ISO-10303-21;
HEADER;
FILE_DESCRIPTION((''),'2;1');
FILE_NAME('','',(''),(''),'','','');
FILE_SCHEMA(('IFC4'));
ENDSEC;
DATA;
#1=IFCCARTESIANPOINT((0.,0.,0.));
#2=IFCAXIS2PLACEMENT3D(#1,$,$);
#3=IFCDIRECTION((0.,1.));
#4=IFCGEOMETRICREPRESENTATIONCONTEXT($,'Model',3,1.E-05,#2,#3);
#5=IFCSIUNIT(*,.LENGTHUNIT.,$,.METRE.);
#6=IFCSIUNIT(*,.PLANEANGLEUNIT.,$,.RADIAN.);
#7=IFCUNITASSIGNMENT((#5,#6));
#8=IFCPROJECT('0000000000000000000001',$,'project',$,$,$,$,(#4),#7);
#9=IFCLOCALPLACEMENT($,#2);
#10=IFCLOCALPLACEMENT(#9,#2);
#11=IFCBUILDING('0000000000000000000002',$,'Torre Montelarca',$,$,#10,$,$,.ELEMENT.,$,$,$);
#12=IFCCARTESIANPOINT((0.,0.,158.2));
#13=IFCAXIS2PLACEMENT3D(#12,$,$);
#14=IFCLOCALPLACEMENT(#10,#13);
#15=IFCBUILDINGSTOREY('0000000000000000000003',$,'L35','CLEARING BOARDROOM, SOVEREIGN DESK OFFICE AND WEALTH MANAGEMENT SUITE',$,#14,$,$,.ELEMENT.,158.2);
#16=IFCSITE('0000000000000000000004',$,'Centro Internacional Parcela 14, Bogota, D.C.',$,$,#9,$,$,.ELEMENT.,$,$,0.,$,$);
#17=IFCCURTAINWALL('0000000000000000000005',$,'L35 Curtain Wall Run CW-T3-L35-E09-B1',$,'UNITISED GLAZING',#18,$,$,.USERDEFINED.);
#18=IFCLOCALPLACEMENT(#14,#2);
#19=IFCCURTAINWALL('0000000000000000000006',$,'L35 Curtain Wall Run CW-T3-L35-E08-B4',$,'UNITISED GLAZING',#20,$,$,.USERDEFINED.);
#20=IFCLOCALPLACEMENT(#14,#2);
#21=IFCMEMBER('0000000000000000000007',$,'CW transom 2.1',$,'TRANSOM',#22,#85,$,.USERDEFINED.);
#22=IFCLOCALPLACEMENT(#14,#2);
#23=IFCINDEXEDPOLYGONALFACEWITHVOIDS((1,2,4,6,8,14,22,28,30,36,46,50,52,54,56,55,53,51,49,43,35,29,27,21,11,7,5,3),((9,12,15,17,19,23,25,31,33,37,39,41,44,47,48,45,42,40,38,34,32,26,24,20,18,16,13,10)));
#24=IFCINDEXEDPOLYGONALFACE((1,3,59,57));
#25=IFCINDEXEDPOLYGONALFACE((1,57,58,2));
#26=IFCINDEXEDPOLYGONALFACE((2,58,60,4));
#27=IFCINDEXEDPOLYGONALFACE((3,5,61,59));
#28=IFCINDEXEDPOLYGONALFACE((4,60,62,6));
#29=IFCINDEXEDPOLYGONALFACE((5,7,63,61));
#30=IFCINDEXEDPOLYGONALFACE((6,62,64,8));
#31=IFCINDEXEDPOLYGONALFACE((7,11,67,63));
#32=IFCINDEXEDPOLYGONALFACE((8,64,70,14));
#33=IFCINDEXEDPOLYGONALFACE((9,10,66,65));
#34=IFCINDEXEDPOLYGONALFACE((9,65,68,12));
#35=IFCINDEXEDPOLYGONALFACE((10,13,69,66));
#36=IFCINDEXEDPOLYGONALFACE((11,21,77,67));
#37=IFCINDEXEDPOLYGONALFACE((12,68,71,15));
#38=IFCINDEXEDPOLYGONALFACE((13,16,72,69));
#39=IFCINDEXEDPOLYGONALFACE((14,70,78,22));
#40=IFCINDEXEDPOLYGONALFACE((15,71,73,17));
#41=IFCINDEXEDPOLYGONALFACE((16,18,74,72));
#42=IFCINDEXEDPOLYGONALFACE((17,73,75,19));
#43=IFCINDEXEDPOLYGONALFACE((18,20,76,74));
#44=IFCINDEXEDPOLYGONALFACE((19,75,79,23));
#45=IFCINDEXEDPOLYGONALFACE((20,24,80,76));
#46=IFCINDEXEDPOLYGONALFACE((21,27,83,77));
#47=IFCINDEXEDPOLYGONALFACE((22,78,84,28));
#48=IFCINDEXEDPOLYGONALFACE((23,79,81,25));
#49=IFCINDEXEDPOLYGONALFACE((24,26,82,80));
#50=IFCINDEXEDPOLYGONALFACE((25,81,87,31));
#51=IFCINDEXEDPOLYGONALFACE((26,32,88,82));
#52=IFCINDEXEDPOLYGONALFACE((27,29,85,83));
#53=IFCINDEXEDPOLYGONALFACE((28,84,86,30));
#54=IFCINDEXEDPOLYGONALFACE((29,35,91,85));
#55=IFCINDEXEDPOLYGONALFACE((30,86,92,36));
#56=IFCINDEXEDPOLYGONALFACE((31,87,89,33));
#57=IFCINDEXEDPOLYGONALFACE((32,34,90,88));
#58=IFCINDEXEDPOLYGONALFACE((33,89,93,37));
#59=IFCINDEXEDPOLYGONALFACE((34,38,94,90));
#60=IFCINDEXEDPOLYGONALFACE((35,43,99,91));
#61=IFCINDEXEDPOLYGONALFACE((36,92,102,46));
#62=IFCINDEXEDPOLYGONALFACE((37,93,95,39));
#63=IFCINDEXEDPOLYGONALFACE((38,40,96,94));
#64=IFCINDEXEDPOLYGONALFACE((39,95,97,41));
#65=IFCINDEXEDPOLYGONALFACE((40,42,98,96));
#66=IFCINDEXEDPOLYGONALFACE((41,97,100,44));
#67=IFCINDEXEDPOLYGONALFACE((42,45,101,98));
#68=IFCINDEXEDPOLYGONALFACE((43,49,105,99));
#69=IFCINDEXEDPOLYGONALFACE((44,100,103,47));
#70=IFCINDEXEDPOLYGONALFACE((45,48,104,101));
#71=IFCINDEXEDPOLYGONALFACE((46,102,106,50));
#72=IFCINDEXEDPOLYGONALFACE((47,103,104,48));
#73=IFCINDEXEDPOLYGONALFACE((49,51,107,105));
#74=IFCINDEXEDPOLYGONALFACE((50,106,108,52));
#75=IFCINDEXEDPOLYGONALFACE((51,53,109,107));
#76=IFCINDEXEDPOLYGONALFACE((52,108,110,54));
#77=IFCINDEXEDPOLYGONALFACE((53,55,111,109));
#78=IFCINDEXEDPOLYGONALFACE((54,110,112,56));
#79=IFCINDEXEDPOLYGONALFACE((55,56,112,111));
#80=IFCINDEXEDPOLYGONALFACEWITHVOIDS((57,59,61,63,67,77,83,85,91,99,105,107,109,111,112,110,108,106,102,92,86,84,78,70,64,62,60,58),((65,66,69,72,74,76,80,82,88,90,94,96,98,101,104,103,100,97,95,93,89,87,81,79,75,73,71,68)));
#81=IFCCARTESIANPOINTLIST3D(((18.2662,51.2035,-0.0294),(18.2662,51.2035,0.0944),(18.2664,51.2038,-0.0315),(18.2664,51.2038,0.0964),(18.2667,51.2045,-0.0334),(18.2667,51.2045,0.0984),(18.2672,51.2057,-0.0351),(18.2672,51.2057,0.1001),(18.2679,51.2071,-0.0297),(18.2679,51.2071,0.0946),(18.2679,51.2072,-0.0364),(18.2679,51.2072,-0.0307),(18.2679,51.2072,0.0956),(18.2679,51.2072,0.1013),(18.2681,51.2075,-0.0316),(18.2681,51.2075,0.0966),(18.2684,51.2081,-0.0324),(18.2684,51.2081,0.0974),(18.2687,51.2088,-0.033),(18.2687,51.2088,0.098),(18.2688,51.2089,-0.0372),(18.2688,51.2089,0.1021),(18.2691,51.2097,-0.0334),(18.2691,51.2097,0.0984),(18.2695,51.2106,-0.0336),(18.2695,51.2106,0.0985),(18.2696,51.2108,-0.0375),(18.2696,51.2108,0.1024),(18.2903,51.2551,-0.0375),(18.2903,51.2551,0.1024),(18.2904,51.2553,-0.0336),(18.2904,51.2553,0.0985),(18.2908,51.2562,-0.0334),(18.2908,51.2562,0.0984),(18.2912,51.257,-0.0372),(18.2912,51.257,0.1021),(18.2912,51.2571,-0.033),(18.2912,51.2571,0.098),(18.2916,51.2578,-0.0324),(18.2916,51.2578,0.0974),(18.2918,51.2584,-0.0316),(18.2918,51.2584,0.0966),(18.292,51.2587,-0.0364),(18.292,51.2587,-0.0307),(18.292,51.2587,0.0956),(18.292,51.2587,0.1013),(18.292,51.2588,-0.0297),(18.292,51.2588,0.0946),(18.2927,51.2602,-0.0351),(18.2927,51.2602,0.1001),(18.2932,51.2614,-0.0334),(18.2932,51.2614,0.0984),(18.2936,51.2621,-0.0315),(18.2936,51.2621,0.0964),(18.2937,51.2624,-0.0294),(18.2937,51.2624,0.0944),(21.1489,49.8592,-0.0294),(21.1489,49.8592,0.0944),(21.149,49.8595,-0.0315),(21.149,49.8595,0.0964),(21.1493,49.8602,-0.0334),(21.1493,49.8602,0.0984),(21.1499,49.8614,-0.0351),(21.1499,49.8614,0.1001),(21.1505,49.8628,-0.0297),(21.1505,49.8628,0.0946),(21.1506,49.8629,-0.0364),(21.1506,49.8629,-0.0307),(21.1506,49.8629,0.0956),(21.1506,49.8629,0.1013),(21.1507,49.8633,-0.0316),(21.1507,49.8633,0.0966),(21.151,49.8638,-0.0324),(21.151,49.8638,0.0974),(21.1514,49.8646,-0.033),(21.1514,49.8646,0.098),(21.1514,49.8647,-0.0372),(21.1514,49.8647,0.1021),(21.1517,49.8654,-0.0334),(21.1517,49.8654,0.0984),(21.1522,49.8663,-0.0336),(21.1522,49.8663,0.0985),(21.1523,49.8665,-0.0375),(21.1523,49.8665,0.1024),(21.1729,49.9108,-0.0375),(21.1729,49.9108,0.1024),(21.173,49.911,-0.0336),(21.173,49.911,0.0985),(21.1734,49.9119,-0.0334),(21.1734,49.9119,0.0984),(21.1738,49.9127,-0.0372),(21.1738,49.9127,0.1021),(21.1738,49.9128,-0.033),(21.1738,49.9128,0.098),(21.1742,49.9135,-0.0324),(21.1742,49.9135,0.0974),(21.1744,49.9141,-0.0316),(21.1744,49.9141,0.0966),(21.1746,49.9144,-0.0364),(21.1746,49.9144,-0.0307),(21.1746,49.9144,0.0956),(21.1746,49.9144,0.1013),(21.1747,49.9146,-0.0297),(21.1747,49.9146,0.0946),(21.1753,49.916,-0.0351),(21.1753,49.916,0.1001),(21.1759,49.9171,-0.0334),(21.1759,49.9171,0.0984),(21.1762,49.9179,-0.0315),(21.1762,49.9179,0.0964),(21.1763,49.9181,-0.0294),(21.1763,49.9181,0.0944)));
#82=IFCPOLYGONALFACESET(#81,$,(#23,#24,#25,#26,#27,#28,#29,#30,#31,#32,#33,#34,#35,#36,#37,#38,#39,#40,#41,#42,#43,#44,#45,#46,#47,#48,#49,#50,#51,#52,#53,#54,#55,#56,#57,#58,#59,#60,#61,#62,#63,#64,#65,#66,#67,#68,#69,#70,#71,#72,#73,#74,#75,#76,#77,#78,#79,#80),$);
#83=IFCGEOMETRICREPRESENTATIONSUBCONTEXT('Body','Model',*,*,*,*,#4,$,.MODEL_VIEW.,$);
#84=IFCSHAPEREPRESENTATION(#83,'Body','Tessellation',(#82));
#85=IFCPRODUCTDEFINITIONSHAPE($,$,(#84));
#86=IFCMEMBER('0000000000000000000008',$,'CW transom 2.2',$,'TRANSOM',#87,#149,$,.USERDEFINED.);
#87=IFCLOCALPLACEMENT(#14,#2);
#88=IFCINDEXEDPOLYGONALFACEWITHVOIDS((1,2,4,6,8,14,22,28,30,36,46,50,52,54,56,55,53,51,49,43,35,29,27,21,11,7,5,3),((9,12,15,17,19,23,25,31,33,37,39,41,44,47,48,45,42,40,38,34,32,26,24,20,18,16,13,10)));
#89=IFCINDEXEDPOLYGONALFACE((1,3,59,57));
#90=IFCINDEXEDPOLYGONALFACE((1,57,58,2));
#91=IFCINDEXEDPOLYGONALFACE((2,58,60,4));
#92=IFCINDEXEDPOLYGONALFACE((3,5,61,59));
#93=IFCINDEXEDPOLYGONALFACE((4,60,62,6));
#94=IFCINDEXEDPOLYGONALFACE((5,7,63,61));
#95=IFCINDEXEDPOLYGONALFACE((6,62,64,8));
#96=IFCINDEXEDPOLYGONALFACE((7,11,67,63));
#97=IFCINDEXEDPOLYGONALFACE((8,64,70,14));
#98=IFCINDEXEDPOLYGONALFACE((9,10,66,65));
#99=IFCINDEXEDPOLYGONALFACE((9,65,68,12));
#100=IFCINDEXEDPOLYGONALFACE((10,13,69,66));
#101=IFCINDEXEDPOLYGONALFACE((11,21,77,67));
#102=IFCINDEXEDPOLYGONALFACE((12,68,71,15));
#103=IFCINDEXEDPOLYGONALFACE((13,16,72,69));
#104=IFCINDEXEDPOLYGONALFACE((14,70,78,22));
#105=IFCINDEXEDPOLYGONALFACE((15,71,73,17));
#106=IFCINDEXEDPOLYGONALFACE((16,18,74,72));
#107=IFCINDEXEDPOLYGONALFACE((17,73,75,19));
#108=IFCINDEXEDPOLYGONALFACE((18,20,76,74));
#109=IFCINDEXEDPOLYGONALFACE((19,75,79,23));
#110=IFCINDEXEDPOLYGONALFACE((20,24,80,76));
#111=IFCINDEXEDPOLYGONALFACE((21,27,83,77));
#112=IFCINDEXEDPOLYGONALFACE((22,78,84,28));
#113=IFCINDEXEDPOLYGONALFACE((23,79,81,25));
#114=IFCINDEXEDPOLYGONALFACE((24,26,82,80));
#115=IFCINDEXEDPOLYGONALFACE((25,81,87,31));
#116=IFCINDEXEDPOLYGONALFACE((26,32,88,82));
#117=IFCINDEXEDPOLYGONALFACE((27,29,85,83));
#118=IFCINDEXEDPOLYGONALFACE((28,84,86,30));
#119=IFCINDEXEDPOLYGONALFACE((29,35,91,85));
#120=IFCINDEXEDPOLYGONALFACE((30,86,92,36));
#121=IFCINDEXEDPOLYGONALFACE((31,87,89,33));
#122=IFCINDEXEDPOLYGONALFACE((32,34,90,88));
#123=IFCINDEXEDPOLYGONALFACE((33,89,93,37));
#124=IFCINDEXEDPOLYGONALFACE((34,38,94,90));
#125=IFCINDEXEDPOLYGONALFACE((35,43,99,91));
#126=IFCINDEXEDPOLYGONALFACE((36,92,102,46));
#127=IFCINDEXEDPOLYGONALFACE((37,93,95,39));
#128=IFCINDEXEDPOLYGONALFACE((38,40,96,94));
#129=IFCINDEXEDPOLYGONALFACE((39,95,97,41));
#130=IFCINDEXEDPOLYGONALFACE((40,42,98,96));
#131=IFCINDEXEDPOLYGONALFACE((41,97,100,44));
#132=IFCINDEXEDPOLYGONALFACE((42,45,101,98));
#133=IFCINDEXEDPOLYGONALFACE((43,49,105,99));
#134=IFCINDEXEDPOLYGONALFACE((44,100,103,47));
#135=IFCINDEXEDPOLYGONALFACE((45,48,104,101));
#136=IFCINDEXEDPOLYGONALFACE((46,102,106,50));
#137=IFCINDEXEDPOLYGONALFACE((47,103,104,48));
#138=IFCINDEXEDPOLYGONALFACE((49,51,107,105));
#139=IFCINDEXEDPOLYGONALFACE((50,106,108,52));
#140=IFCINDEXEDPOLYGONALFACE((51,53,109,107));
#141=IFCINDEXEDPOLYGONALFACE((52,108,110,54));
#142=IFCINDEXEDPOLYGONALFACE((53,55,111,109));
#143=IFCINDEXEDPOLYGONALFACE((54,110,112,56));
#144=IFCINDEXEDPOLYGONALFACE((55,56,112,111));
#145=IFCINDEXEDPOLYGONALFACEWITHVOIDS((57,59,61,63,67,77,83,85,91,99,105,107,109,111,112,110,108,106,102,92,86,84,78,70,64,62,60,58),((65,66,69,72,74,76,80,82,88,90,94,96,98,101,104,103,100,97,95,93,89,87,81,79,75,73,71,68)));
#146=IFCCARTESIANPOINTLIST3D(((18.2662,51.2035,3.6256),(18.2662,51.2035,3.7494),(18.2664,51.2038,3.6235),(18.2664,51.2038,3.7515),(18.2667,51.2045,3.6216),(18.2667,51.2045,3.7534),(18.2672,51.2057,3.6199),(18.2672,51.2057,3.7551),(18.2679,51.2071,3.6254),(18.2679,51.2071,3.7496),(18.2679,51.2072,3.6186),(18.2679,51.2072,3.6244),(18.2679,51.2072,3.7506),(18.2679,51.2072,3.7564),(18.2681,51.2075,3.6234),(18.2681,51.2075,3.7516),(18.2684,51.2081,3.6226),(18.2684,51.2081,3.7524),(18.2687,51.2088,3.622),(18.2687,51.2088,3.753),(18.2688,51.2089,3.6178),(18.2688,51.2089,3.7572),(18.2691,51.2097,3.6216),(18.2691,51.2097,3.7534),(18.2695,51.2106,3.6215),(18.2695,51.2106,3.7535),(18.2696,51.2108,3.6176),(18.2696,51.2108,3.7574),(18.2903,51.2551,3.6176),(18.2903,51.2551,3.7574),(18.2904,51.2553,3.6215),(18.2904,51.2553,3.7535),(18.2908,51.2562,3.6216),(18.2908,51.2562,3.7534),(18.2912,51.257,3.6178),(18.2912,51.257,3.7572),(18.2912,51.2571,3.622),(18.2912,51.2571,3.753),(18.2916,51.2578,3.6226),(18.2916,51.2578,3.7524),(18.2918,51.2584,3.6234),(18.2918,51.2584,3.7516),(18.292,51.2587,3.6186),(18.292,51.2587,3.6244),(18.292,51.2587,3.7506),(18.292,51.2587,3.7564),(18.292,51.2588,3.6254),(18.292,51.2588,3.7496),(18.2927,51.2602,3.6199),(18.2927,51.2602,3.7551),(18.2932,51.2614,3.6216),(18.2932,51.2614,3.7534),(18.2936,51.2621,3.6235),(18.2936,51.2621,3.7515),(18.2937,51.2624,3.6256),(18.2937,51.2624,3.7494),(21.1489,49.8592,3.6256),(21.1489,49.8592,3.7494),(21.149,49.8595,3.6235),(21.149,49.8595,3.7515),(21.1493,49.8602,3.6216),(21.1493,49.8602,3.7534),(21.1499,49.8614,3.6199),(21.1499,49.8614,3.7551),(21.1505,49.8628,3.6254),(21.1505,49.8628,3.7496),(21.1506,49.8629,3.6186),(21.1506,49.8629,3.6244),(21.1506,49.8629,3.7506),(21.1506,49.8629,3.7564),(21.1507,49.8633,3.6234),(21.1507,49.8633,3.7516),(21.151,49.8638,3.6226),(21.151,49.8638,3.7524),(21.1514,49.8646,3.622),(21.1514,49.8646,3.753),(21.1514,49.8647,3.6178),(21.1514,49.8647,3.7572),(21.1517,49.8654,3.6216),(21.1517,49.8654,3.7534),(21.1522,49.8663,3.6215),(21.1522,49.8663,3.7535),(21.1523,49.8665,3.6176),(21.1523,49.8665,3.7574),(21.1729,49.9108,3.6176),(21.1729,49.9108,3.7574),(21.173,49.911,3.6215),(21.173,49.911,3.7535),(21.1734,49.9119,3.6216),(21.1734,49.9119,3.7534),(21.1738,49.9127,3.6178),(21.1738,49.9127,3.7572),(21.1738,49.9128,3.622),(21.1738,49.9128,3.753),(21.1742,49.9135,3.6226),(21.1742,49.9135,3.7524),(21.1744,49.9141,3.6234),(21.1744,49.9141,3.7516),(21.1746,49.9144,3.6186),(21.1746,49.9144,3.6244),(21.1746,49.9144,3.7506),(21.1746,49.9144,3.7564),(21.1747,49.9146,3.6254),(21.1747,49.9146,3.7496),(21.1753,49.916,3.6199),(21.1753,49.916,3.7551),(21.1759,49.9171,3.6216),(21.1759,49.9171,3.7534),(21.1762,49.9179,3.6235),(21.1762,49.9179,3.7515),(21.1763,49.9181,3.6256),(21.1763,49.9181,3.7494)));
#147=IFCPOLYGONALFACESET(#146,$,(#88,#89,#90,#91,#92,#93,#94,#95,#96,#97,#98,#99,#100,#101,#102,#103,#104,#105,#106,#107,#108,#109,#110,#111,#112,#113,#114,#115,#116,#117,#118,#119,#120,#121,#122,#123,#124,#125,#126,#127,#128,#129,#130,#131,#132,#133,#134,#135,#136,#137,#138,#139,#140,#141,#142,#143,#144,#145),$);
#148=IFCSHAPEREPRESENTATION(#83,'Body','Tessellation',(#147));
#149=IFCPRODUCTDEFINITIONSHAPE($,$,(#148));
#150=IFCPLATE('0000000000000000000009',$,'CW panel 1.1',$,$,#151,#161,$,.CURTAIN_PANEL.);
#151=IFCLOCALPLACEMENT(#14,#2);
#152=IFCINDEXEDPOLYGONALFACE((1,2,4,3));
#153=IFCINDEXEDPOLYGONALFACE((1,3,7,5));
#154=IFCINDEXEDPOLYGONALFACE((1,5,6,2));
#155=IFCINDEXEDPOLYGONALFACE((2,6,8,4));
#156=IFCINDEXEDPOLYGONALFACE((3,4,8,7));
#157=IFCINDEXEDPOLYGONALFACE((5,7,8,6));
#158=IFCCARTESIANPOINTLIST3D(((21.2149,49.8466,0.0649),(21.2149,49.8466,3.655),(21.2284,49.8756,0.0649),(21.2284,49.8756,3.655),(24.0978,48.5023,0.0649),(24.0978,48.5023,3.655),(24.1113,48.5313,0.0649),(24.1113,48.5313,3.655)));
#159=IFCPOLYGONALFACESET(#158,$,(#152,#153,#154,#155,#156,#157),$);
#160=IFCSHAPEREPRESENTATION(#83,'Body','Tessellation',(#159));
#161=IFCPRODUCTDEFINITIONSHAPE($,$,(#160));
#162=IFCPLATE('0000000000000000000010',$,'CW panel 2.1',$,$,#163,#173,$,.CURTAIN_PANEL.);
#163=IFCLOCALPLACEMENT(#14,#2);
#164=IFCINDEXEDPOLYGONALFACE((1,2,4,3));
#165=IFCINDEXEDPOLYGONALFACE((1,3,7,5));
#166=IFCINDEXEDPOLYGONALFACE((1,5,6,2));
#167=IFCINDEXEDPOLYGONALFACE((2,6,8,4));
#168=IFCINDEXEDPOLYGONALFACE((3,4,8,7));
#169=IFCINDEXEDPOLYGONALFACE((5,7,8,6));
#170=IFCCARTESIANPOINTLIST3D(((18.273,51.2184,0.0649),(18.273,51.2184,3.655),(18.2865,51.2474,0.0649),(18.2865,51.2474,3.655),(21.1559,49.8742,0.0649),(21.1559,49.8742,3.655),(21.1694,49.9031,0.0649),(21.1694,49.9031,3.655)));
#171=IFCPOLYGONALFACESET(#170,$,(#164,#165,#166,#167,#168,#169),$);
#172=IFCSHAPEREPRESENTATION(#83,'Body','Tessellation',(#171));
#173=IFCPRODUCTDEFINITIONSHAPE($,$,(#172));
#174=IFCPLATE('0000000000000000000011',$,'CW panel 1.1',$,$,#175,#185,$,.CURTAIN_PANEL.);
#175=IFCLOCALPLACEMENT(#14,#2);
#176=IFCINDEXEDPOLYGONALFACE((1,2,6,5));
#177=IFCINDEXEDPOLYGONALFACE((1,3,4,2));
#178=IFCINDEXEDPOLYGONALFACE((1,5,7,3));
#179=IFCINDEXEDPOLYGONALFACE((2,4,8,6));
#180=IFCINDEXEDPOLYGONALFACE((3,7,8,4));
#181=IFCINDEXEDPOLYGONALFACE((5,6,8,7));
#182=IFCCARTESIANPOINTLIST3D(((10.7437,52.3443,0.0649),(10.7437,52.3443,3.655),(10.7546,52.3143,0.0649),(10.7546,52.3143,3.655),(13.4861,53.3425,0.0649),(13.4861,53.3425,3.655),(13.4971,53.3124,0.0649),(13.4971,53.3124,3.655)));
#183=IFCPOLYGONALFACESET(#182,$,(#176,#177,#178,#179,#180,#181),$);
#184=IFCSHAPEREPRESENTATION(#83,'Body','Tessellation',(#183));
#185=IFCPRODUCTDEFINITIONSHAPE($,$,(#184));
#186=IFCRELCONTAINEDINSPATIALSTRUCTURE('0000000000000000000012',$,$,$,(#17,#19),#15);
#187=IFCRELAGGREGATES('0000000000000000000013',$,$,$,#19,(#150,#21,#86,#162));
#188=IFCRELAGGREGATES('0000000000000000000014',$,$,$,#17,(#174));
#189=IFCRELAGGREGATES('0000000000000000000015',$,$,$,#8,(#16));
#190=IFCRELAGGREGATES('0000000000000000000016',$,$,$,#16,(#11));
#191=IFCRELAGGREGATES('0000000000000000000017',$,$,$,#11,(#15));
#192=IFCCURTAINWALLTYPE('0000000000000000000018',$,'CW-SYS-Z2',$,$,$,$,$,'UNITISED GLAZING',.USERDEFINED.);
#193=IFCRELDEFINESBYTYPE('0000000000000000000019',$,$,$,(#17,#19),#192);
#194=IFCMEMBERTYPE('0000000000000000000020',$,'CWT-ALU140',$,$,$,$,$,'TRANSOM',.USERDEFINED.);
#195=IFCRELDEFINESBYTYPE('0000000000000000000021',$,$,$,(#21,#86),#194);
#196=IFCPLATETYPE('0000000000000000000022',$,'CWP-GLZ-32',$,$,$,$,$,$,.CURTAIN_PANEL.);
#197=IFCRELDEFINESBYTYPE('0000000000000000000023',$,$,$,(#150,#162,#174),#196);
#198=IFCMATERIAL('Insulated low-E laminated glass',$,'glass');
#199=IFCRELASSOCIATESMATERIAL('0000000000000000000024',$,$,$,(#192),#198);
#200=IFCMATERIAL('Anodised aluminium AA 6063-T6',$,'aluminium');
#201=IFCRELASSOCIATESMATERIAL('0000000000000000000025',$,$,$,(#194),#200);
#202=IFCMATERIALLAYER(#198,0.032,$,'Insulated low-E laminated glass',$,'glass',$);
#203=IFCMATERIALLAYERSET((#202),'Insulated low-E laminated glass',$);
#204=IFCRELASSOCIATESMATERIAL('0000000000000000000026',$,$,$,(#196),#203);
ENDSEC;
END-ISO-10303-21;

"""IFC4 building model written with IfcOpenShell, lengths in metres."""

from ifc_helpers import new_model, si_unit, direction, frame, origin, origin_2d, place, context, subcontext, project, spatial, rectangle, hollow_rectangle, extrude, source, transform, mapped, material, layer, layer_set, material_profile, profile_set, type_object, element, aggregate, save


model = new_model("IFC4")

# Units and contexts
model_context = context("Model", 3, precision=1e-05, world=origin(), true_north=direction((0.0, 1.0)))
body_context = subcontext(model_context, "Body", "Model", "MODEL_VIEW")
ifc_project = project(units=[si_unit("LENGTHUNIT", "METRE"), si_unit("PLANEANGLEUNIT", "RADIAN")], contexts=[model_context])

# Site, building, storey
site_placement = place(None, origin())
site = spatial("IfcSite", under=ifc_project, at=site_placement, Name="Centro Internacional Parcela 14, Bogota, D.C.", CompositionType="ELEMENT", RefElevation=0.0)
building_placement = place(site_placement, origin())
building = spatial("IfcBuilding", under=site, at=building_placement, Name="Torre Montelarca", CompositionType="ELEMENT")
storey_placement = place(building_placement, frame((0.0, 0.0, 158.2)))
storey = spatial("IfcBuildingStorey", under=building, at=storey_placement, Name="L35", Description="CLEARING BOARDROOM, SOVEREIGN DESK OFFICE AND WEALTH MANAGEMENT SUITE", CompositionType="ELEMENT", Elevation=158.2)

# Curtain walls
ifc_material_1 = material(Name="Insulated low-E laminated glass", Category="glass")
curtain_wall_type = type_object("IfcCurtainWallType", Name="CW-SYS-Z2", ElementType="UNITISED GLAZING", PredefinedType="USERDEFINED", material=ifc_material_1)
curtain_wall_1_placement = place(storey_placement, origin())
curtain_wall_1 = element("IfcCurtainWall", 1, at=curtain_wall_1_placement, inside=storey, type_object=curtain_wall_type, Name="L35 Curtain Wall Run CW-T3-L35-E09-B1", ObjectType="UNITISED GLAZING", PredefinedType="USERDEFINED")
ifc_material_2 = material(Name="Anodised aluminium AA 6063-T6", Category="aluminium")
ifc_material_profile_1 = material_profile(ifc_material_2, hollow_rectangle(XDim=0.0649, YDim=0.1399, WallThickness=0.0039, InnerFilletRadius=0.0039, OuterFilletRadius=0.0081, at=origin_2d()), Name="ALU65X140X4", Category="aluminium")
ifc_profile_set_1 = profile_set([ifc_material_profile_1], Name="Anodised aluminium AA 6063-T6")
member_type_1 = type_object("IfcMemberType", Name="CWT-ALU140", ElementType="TRANSOM", PredefinedType="USERDEFINED", material=ifc_profile_set_1)
curtain_wall_2_placement = place(storey_placement, origin())
curtain_wall_2 = element("IfcCurtainWall", 2, at=curtain_wall_2_placement, inside=storey, type_object=curtain_wall_type, Name="L35 Curtain Wall Run CW-T3-L35-E08-B4", ObjectType="UNITISED GLAZING", PredefinedType="USERDEFINED")

# Members
shared_shape_1 = source(origin(), body_context, "Body", "SweptSolid", [
    extrude(hollow_rectangle(XDim=0.0649, YDim=0.1399, WallThickness=0.0039, InnerFilletRadius=0.0039, OuterFilletRadius=0.0081, at=origin_2d()), origin(), (0.0, 0.0, 1.0), 3.1807),
])
member_1_placement = place(storey_placement, frame((21.1626, 49.8887, 0.0325), z_axis=(-0.906299, 0.422638, 0.0), x_axis=(-0.422638, -0.906299, 0.0)))
member_1 = element("IfcMember", 3, at=member_1_placement, type_object=member_type_1, Name="CW transom 2.1", ObjectType="TRANSOM", PredefinedType="USERDEFINED", context=body_context, shape_type="MappedRepresentation", body=[
    mapped(shared_shape_1, transform((0.0, 0.0, 0.0), scale=1.0)),
])
member_2_placement = place(storey_placement, frame((21.1626, 49.8887, 3.6875), z_axis=(-0.906299, 0.422638, 0.0), x_axis=(-0.422638, -0.906299, 0.0)))
member_2 = element("IfcMember", 4, at=member_2_placement, type_object=member_type_1, Name="CW transom 2.2", ObjectType="TRANSOM", PredefinedType="USERDEFINED", context=body_context, shape_type="MappedRepresentation", body=[
    mapped(shared_shape_1, transform((0.0, 0.0, 0.0), scale=1.0)),
])

# Plates
ifc_layer_1 = layer(ifc_material_1, 0.032, Name="Insulated low-E laminated glass", Category="glass")
ifc_layer_set_1 = layer_set([ifc_layer_1], Name="Insulated low-E laminated glass")
plate_type = type_object("IfcPlateType", Name="CWP-GLZ-32", PredefinedType="CURTAIN_PANEL", material=ifc_layer_set_1)
shared_shape_2 = source(origin(), body_context, "Body", "SweptSolid", [
    extrude(rectangle(XDim=3.1809, YDim=0.032, at=origin_2d()), origin(), (0.0, 0.0, 1.0), 3.5901),
])
plate_1_placement = place(storey_placement, frame((22.6631, 49.189, 0.0649), z_axis=(0.0, 0.0, 1.0), x_axis=(-0.90631, 0.422613, 0.0)))
plate_1 = element("IfcPlate", 5, at=plate_1_placement, type_object=plate_type, Name="CW panel 1.1", PredefinedType="CURTAIN_PANEL", context=body_context, shape_type="MappedRepresentation", body=[
    mapped(shared_shape_2, transform((0.0, 0.0, 0.0), scale=1.0)),
])
plate_2_placement = place(storey_placement, frame((19.7212, 50.5608, 0.0649), z_axis=(0.0, 0.0, 1.0), x_axis=(-0.90631, 0.422613, 0.0)))
plate_2 = element("IfcPlate", 6, at=plate_2_placement, type_object=plate_type, Name="CW panel 2.1", PredefinedType="CURTAIN_PANEL", context=body_context, shape_type="MappedRepresentation", body=[
    mapped(shared_shape_2, transform((0.0, 0.0, 0.0), scale=1.0)),
])
aggregate(curtain_wall_2, [plate_1, member_1, member_2, plate_2])
shared_shape_3 = source(origin(), body_context, "Body", "SweptSolid", [
    extrude(rectangle(XDim=2.9185, YDim=0.032, at=origin_2d()), origin(), (0.0, 0.0, 1.0), 3.5901),
])
plate_3_placement = place(storey_placement, frame((12.1204, 52.8284, 0.0649), z_axis=(0.0, 0.0, 1.0), x_axis=(-0.939692, -0.342021, 0.0)))
plate_3 = element("IfcPlate", 7, at=plate_3_placement, type_object=plate_type, Name="CW panel 1.1", PredefinedType="CURTAIN_PANEL", context=body_context, shape_type="MappedRepresentation", body=[
    mapped(shared_shape_3, transform((0.0, 0.0, 0.0), scale=1.0)),
])
aggregate(curtain_wall_1, [plate_3])

save(model, "model.ifc")
